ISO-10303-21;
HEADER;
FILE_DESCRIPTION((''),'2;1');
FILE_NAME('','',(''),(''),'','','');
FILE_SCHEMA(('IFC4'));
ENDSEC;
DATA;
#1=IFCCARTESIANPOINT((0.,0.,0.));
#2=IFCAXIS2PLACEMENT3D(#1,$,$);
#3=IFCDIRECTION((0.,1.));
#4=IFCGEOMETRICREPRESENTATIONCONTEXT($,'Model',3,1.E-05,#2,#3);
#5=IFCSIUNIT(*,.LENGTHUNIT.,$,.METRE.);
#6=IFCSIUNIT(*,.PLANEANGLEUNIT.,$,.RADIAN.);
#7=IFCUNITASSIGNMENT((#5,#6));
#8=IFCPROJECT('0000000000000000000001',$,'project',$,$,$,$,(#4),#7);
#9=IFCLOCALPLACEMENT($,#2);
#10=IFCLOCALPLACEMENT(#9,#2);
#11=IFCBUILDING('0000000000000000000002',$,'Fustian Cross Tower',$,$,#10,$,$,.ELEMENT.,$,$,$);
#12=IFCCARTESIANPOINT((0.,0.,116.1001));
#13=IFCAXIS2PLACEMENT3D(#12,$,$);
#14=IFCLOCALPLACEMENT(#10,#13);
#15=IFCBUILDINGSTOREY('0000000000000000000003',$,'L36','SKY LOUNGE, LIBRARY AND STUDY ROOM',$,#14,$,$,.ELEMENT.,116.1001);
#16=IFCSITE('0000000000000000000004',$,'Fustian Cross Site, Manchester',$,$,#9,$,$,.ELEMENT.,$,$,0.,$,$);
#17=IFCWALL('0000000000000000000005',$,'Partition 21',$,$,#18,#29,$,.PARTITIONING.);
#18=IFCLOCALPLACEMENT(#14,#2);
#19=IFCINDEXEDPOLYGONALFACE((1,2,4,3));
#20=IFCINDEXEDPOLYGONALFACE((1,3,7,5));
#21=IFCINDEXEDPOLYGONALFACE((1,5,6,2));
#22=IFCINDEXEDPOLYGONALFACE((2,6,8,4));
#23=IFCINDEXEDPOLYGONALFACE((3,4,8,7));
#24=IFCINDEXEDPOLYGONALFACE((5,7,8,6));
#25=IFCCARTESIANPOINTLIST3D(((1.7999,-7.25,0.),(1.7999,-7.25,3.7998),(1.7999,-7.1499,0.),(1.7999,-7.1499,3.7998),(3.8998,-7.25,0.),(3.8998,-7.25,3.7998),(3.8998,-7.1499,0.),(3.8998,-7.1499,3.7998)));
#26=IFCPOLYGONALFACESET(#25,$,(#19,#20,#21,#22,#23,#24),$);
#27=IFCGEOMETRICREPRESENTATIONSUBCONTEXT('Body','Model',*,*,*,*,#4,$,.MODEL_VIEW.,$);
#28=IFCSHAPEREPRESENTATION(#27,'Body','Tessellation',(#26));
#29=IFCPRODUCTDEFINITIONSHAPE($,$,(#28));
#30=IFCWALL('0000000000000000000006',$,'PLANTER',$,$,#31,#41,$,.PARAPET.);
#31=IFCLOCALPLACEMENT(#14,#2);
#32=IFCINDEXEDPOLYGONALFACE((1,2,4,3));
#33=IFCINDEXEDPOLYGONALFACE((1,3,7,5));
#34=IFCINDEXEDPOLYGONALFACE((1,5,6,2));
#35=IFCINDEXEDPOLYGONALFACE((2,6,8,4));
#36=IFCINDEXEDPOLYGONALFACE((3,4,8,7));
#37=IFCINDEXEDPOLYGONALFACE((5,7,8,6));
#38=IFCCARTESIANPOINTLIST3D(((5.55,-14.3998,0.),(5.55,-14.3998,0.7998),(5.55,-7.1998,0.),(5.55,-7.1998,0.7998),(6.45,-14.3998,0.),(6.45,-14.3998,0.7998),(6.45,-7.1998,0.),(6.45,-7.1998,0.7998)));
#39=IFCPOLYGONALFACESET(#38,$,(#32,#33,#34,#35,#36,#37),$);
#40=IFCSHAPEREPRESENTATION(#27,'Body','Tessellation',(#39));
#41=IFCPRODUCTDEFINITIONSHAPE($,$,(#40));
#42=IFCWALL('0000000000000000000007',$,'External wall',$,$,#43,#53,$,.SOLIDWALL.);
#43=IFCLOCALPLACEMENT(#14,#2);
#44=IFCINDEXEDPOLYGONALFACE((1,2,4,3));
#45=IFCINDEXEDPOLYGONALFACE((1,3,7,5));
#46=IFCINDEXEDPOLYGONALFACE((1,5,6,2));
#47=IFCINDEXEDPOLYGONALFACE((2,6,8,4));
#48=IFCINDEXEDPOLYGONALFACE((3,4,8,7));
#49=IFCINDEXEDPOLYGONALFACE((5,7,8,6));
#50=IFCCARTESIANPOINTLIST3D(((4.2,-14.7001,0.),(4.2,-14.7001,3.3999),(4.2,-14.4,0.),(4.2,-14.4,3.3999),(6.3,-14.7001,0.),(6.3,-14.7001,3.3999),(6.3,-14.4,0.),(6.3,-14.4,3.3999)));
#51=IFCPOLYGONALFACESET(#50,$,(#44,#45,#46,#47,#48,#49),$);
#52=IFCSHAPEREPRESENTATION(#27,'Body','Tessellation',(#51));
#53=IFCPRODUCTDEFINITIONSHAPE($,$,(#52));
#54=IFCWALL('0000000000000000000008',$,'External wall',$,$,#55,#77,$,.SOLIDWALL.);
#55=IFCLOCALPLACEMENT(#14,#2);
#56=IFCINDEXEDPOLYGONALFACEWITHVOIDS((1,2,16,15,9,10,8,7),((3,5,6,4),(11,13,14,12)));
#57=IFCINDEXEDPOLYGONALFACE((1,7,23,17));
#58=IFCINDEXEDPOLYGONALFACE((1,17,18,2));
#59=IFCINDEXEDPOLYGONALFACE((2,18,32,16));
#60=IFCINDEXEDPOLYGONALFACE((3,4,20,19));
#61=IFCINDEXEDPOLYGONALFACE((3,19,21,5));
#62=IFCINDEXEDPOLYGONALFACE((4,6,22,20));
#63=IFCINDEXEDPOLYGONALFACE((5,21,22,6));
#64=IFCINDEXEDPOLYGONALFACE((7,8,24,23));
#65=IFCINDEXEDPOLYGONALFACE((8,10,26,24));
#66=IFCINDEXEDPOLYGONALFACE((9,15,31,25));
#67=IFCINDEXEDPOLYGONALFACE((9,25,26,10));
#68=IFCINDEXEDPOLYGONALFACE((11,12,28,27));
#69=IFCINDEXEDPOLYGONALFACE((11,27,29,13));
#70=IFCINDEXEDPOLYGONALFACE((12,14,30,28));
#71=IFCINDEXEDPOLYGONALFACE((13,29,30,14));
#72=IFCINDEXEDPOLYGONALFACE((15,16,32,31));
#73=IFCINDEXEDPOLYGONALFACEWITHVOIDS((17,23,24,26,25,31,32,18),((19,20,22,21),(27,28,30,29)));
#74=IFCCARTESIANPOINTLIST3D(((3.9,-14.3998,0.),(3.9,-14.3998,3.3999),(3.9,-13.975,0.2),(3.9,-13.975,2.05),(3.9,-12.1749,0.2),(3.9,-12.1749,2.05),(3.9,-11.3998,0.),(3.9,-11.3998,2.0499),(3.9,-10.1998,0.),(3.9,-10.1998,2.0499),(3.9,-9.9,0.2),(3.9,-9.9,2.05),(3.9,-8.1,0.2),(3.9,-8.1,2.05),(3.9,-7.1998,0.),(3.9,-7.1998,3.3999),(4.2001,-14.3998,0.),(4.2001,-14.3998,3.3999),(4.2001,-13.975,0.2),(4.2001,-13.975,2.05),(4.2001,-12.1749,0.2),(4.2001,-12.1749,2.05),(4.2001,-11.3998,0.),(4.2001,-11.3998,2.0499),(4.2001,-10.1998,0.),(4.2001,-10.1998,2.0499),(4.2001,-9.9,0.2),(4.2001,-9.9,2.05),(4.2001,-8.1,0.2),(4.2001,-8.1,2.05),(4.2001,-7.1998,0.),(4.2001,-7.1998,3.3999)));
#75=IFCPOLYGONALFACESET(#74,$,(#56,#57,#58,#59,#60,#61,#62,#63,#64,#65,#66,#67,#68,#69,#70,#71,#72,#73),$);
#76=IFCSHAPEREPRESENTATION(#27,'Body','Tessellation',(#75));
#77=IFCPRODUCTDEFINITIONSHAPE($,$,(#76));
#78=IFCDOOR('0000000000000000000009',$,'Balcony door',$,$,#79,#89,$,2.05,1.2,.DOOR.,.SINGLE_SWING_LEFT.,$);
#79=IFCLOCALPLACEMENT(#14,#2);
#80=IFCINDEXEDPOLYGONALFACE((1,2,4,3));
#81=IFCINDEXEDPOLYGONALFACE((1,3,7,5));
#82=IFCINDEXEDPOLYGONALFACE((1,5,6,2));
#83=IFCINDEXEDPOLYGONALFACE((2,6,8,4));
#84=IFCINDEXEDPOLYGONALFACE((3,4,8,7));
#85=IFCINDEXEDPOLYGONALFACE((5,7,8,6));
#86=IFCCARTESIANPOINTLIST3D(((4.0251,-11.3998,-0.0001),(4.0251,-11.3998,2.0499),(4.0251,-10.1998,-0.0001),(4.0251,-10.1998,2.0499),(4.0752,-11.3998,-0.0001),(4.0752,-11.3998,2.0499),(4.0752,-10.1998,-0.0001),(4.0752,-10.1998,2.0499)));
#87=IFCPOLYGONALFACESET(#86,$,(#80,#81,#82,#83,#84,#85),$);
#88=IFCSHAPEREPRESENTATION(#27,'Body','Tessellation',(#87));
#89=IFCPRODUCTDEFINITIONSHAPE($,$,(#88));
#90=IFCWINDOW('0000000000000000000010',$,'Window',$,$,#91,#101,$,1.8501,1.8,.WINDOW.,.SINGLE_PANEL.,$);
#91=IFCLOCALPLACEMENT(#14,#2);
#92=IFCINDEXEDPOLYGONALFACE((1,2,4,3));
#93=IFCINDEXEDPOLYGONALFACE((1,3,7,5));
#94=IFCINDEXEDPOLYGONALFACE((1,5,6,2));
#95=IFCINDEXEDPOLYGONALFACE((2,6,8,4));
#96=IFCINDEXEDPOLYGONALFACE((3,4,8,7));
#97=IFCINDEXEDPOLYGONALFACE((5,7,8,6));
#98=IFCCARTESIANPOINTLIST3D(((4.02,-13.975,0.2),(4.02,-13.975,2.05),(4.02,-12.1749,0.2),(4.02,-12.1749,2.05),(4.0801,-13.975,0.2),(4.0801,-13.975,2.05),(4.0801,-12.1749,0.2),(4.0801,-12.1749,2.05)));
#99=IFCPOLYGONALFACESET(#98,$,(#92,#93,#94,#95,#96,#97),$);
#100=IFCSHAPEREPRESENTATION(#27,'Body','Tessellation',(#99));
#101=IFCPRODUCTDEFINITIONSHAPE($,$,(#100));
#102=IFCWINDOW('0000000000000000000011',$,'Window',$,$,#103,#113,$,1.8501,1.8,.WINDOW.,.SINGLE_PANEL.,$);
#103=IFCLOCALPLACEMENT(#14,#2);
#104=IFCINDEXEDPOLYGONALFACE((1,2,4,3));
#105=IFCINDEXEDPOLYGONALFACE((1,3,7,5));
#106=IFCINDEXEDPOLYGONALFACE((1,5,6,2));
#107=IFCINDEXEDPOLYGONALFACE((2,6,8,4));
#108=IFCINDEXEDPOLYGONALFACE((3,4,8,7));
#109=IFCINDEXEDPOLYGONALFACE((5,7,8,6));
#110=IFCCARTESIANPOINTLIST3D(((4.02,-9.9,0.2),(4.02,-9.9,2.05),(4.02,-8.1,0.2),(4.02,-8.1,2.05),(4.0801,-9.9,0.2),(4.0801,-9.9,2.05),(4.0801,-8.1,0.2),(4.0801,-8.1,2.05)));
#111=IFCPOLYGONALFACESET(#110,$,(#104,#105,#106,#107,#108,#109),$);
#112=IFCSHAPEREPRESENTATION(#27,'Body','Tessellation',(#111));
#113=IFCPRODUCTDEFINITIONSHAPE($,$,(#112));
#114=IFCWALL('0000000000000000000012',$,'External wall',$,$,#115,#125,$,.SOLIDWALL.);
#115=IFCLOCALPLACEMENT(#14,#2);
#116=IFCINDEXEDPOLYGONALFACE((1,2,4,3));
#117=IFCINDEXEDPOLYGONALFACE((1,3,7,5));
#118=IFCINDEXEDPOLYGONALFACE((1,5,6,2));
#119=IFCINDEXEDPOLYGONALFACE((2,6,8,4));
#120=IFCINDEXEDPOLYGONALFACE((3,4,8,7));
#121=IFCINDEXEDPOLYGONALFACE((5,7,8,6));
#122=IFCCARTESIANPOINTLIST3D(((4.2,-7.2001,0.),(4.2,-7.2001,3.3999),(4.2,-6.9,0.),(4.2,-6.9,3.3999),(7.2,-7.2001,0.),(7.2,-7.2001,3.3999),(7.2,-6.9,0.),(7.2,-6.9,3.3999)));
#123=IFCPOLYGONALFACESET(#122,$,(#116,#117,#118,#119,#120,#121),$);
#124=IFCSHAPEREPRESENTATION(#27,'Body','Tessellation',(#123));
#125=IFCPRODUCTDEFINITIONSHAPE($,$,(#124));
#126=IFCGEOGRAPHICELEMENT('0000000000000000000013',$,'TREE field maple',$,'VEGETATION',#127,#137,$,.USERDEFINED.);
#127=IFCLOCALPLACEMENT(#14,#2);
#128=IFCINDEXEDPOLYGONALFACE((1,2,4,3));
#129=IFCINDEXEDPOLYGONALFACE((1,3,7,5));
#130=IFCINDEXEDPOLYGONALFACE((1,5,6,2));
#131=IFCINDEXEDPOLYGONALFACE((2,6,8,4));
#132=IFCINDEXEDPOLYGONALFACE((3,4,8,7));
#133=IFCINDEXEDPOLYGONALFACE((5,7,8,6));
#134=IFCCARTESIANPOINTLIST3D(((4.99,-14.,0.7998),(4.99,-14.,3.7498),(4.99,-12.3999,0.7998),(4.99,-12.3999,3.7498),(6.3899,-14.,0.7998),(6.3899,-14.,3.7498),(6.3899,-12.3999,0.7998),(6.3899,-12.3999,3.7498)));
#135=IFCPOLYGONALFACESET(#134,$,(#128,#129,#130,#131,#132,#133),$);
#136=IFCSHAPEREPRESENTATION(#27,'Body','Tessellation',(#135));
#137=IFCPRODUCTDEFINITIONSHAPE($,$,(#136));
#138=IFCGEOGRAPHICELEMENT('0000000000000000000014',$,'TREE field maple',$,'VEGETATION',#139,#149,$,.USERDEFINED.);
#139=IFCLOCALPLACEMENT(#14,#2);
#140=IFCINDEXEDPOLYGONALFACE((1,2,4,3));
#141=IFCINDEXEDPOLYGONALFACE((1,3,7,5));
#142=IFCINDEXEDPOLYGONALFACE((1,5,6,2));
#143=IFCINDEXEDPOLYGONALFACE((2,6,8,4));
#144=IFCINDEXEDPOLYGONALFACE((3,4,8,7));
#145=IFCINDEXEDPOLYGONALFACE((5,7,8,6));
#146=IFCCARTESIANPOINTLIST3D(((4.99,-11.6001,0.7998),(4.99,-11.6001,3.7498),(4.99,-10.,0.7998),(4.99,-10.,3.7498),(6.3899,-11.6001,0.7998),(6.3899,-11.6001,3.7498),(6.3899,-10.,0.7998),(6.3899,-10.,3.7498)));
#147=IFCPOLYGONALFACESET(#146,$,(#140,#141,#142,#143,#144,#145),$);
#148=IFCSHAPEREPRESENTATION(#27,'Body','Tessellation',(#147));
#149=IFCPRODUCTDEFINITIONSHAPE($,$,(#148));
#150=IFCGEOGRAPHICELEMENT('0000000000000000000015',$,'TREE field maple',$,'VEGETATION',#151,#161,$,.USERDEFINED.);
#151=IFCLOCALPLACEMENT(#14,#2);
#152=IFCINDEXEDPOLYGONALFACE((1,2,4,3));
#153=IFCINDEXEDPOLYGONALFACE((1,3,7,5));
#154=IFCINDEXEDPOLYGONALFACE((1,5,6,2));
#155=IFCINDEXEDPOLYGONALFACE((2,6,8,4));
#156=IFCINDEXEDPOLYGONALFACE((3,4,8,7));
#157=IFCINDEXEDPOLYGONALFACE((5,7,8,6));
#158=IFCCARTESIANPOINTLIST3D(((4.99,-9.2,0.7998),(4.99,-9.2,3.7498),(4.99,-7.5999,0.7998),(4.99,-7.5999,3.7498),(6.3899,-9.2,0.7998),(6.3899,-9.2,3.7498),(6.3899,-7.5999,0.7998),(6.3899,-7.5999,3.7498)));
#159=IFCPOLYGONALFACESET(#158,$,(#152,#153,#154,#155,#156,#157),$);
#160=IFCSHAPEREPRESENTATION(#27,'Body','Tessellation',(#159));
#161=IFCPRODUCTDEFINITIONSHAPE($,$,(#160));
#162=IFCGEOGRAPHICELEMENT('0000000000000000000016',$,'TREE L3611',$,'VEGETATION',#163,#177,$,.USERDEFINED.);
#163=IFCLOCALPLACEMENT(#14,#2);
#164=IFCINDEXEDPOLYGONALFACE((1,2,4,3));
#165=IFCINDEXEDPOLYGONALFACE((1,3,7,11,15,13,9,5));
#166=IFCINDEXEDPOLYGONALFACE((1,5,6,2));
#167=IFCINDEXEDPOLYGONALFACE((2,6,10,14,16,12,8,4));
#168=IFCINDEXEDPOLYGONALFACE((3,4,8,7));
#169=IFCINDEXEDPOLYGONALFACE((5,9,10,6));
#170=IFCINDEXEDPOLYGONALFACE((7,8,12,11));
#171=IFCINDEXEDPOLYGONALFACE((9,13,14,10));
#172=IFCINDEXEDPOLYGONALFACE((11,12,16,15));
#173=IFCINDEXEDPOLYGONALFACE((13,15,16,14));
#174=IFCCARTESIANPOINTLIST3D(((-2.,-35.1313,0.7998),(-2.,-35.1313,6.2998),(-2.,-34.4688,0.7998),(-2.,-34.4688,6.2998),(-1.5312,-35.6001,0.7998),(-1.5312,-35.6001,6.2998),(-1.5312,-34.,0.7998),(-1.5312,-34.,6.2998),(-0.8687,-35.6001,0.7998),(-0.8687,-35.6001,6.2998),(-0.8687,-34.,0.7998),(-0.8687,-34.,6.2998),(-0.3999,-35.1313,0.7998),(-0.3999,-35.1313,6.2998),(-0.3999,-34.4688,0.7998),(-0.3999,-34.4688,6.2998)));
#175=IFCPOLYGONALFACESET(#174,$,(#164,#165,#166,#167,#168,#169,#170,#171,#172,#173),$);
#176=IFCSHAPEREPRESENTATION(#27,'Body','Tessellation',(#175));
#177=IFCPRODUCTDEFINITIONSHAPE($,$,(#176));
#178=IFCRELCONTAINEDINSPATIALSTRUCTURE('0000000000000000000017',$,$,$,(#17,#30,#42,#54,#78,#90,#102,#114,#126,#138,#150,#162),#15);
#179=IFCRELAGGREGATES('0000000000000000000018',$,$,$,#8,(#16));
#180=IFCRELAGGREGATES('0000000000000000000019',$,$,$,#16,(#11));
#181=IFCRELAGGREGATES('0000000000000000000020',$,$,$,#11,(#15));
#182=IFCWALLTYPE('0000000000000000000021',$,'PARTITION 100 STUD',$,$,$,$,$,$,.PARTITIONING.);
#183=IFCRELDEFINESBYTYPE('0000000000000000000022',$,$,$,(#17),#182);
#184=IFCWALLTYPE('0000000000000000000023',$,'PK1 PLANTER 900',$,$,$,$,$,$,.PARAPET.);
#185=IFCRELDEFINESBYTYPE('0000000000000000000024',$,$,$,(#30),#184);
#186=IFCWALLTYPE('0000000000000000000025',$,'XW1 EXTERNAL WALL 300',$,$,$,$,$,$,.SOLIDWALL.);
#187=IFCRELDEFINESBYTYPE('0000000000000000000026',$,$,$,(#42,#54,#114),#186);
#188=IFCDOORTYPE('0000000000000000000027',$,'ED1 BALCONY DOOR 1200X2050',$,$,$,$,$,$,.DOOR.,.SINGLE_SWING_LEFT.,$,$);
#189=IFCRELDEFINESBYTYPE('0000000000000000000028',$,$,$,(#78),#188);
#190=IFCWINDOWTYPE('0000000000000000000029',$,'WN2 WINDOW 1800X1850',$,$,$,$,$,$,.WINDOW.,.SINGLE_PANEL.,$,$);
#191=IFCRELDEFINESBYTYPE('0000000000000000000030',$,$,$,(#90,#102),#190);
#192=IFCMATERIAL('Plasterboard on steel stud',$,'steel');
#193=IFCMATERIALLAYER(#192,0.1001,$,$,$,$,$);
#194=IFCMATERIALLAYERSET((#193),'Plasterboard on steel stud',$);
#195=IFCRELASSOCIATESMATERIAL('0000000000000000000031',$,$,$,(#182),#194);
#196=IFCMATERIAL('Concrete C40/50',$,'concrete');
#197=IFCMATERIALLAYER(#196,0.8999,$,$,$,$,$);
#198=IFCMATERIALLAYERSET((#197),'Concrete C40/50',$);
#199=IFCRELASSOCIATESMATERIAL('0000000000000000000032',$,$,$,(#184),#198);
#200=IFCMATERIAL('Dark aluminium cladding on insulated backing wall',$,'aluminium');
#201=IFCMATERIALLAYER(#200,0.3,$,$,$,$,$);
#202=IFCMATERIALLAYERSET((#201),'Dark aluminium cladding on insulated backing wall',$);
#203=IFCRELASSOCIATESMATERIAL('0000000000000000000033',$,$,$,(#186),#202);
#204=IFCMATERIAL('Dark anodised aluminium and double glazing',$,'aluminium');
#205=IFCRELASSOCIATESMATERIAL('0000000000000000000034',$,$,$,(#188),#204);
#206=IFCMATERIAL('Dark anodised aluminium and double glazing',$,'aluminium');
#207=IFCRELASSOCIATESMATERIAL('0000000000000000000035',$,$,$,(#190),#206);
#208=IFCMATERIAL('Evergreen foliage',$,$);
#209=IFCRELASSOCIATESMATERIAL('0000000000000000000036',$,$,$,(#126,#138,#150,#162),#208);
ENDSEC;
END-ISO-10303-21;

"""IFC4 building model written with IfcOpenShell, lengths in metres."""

from ifc_helpers import new_model, si_unit, direction, frame, frame_2d, origin, origin_2d, place, context, subcontext, project, spatial, polyline, rectangle, outline, extrude, material, layer, layer_set, type_object, element, fill, save


model = new_model("IFC4")

# Units and contexts
model_context = context("Model", 3, precision=1e-05, world=origin(), true_north=direction((0.0, 1.0)))
body_context = subcontext(model_context, "Body", "Model", "MODEL_VIEW")
ifc_project = project(units=[si_unit("LENGTHUNIT", "METRE"), si_unit("PLANEANGLEUNIT", "RADIAN")], contexts=[model_context])

# Site, building, storey
site_placement = place(None, origin())
site = spatial("IfcSite", under=ifc_project, at=site_placement, Name="Fustian Cross Site, Manchester", CompositionType="ELEMENT", RefElevation=0.0)
building_placement = place(site_placement, origin())
building = spatial("IfcBuilding", under=site, at=building_placement, Name="Fustian Cross Tower", CompositionType="ELEMENT")
storey_placement = place(building_placement, frame((0.0, 0.0, 116.1001)))
storey = spatial("IfcBuildingStorey", under=building, at=storey_placement, Name="L36", Description="SKY LOUNGE, LIBRARY AND STUDY ROOM", CompositionType="ELEMENT", Elevation=116.1001)

# Walls
ifc_material_1 = material(Name="Plasterboard on steel stud", Category="steel")
ifc_layer_1 = layer(ifc_material_1, 0.1001)
ifc_layer_set_1 = layer_set([ifc_layer_1], Name="Plasterboard on steel stud")
wall_type_1 = type_object("IfcWallType", Name="PARTITION 100 STUD", PredefinedType="PARTITIONING", material=ifc_layer_set_1)
wall_1_placement = place(storey_placement, frame((1.8, -7.2, 0.0), z_axis=(0.0, 0.0, 1.0), x_axis=(1.0, 0.0, 0.0)))
element("IfcWall", 1, at=wall_1_placement, inside=storey, type_object=wall_type_1, Name="Partition 21", PredefinedType="PARTITIONING", context=body_context, shape_type="SweptSolid", body=[
    extrude(rectangle(XDim=2.0999, YDim=0.1001, at=frame_2d((1.0498, 0.0))), origin(), (0.0, 0.0, 1.0), 3.7998),
])
ifc_material_2 = material(Name="Concrete C40/50", Category="concrete")
ifc_layer_2 = layer(ifc_material_2, 0.8999)
ifc_layer_set_2 = layer_set([ifc_layer_2], Name="Concrete C40/50")
wall_type_2 = type_object("IfcWallType", Name="PK1 PLANTER 900", PredefinedType="PARAPET", material=ifc_layer_set_2)
wall_2_placement = place(storey_placement, frame((6.0, -14.3999, 0.0), z_axis=(0.0, 0.0, 1.0), x_axis=(0.0, 1.0, 0.0)))
element("IfcWall", 2, at=wall_2_placement, inside=storey, type_object=wall_type_2, Name="PLANTER", PredefinedType="PARAPET", context=body_context, shape_type="SweptSolid", body=[
    extrude(rectangle(XDim=7.2, YDim=0.8999, at=frame_2d((3.6001, 0.0))), origin(), (0.0, 0.0, 1.0), 0.7998),
])
ifc_material_3 = material(Name="Dark aluminium cladding on insulated backing wall", Category="aluminium")
ifc_layer_3 = layer(ifc_material_3, 0.3)
ifc_layer_set_3 = layer_set([ifc_layer_3], Name="Dark aluminium cladding on insulated backing wall")
wall_type_3 = type_object("IfcWallType", Name="XW1 EXTERNAL WALL 300", PredefinedType="SOLIDWALL", material=ifc_layer_set_3)
wall_3_placement = place(storey_placement, frame((6.3, -14.55, 0.0), z_axis=(0.0, 0.0, 1.0), x_axis=(-1.0, 0.0, 0.0)))
element("IfcWall", 3, at=wall_3_placement, inside=storey, type_object=wall_type_3, Name="External wall", PredefinedType="SOLIDWALL", context=body_context, shape_type="SweptSolid", body=[
    extrude(rectangle(XDim=2.1001, YDim=0.3, at=frame_2d((1.05, 0.0))), origin(), (0.0, 0.0, 1.0), 3.3999),
])

# Wall, openings, door, windows
wall_4_placement = place(storey_placement, frame((4.05, -14.3999, 0.0), z_axis=(0.0, 0.0, 1.0), x_axis=(0.0, 1.0, 0.0)))
wall_4 = element("IfcWall", 4, at=wall_4_placement, inside=storey, type_object=wall_type_3, Name="External wall", PredefinedType="SOLIDWALL", context=body_context, shape_type="SweptSolid", body=[
    extrude(rectangle(XDim=7.2, YDim=0.3, at=frame_2d((3.6001, 0.0))), origin(), (0.0, 0.0, 1.0), 3.3999),
])
opening_1_placement = place(wall_4_placement, frame((3.0, 0.0, 0.0)))
opening_1 = element("IfcOpeningElement", 5, at=opening_1_placement, cuts=wall_4, PredefinedType="OPENING", context=body_context, shape_type="SweptSolid", body=[
    extrude(rectangle(XDim=1.2, YDim=2.05, at=frame_2d((0.6001, 1.0249))), frame((0.0, 0.1599, 0.0), z_axis=(0.0, -1.0, 0.0), x_axis=(1.0, 0.0, 0.0)), (0.0, 0.0, 1.0), 0.3201),
])
opening_2_placement = place(wall_4_placement, frame((0.425, 0.0, 0.2)))
opening_2 = element("IfcOpeningElement", 6, at=opening_2_placement, cuts=wall_4, PredefinedType="OPENING", context=body_context, shape_type="SweptSolid", body=[
    extrude(rectangle(XDim=1.8, YDim=1.8501, at=frame_2d((0.8999, 0.925))), frame((0.0, 0.1599, 0.0), z_axis=(0.0, -1.0, 0.0), x_axis=(1.0, 0.0, 0.0)), (0.0, 0.0, 1.0), 0.3201),
])
opening_3_placement = place(wall_4_placement, frame((4.5, 0.0, 0.2)))
opening_3 = element("IfcOpeningElement", 7, at=opening_3_placement, cuts=wall_4, PredefinedType="OPENING", context=body_context, shape_type="SweptSolid", body=[
    extrude(rectangle(XDim=1.8, YDim=1.8501, at=frame_2d((0.8999, 0.925))), frame((0.0, 0.1599, 0.0), z_axis=(0.0, -1.0, 0.0), x_axis=(1.0, 0.0, 0.0)), (0.0, 0.0, 1.0), 0.3201),
])
ifc_material_4 = material(Name="Dark anodised aluminium and double glazing", Category="aluminium")
door_type_1 = type_object("IfcDoorType", Name="ED1 BALCONY DOOR 1200X2050", OperationType="SINGLE_SWING_LEFT", PredefinedType="DOOR", material=ifc_material_4)
door_1_placement = place(opening_1_placement, origin())
door_1 = element("IfcDoor", 8, at=door_1_placement, inside=storey, type_object=door_type_1, Name="Balcony door", OperationType="SINGLE_SWING_LEFT", OverallHeight=2.05, OverallWidth=1.2, PredefinedType="DOOR", context=body_context, shape_type="SweptSolid", body=[
    extrude(rectangle(XDim=1.2, YDim=2.05, at=frame_2d((0.6001, 1.0249))), frame((0.0, 0.0249, 0.0), z_axis=(0.0, -1.0, 0.0), x_axis=(1.0, 0.0, 0.0)), (0.0, 0.0, 1.0), 0.05),
])
fill(opening_1, door_1)
ifc_material_5 = material(Name="Dark anodised aluminium and double glazing", Category="aluminium")
window_type = type_object("IfcWindowType", Name="WN2 WINDOW 1800X1850", PartitioningType="SINGLE_PANEL", PredefinedType="WINDOW", material=ifc_material_5)
window_1_placement = place(opening_2_placement, origin())
window_1 = element("IfcWindow", 9, at=window_1_placement, inside=storey, type_object=window_type, Name="Window", OverallHeight=1.8501, OverallWidth=1.8, PartitioningType="SINGLE_PANEL", PredefinedType="WINDOW", context=body_context, shape_type="SweptSolid", body=[
    extrude(rectangle(XDim=1.8, YDim=1.8501, at=frame_2d((0.8999, 0.925))), frame((0.0, 0.03, 0.0), z_axis=(0.0, -1.0, 0.0), x_axis=(1.0, 0.0, 0.0)), (0.0, 0.0, 1.0), 0.0601),
])
fill(opening_2, window_1)
window_2_placement = place(opening_3_placement, origin())
window_2 = element("IfcWindow", 10, at=window_2_placement, inside=storey, type_object=window_type, Name="Window", OverallHeight=1.8501, OverallWidth=1.8, PartitioningType="SINGLE_PANEL", PredefinedType="WINDOW", context=body_context, shape_type="SweptSolid", body=[
    extrude(rectangle(XDim=1.8, YDim=1.8501, at=frame_2d((0.8999, 0.925))), frame((0.0, 0.03, 0.0), z_axis=(0.0, -1.0, 0.0), x_axis=(1.0, 0.0, 0.0)), (0.0, 0.0, 1.0), 0.0601),
])
fill(opening_3, window_2)

# Wall
wall_5_placement = place(storey_placement, frame((4.2, -7.05, 0.0), z_axis=(0.0, 0.0, 1.0), x_axis=(1.0, 0.0, 0.0)))
element("IfcWall", 11, at=wall_5_placement, inside=storey, type_object=wall_type_3, Name="External wall", PredefinedType="SOLIDWALL", context=body_context, shape_type="SweptSolid", body=[
    extrude(rectangle(XDim=3.0, YDim=0.3, at=frame_2d((1.5, 0.0))), origin(), (0.0, 0.0, 1.0), 3.3999),
])

# Geographic elements
ifc_material_6 = material(Name="Evergreen foliage")
for number, where, z_axis, x_axis, name in (
    (12, (5.6899, -13.2, 0.7998), (0.0, 0.0, 1.0), (1.0, 0.0, 0.0), "TREE field maple"),
    (13, (5.6899, -10.8, 0.7998), (0.0, 0.0, 1.0), (1.0, 0.0, 0.0), "TREE field maple"),
    (14, (5.6899, -8.3999, 0.7998), (0.0, 0.0, 1.0), (1.0, 0.0, 0.0), "TREE field maple"),
):
    element("IfcGeographicElement", number, at=place(storey_placement, frame(where, z_axis=z_axis, x_axis=x_axis)), inside=storey, material=ifc_material_6, Name=name, ObjectType="VEGETATION", PredefinedType="USERDEFINED", context=body_context, shape_type="SweptSolid", body=[
        extrude(rectangle(XDim=1.3999, YDim=1.6001, at=origin_2d()), origin(), (0.0, 0.0, 1.0), 2.95),
    ])
geographic_element_1_placement = place(storey_placement, frame((0.0, 0.0, 0.7998)))
element("IfcGeographicElement", 15, at=geographic_element_1_placement, inside=storey, material=ifc_material_6, Name="TREE L3611", ObjectType="VEGETATION", PredefinedType="USERDEFINED", context=body_context, shape_type="SweptSolid", body=[
    extrude(outline(polyline([(-0.3999, -34.4688), (-0.8687, -34.0), (-1.5312, -34.0), (-2.0, -34.4688), (-2.0, -35.1313), (-1.5312, -35.6001), (-0.8687, -35.6001), (-0.3999, -35.1313), (-0.3999, -34.4688)])), origin(), (0.0, 0.0, 1.0), 5.5),
])

save(model, "model.ifc")
